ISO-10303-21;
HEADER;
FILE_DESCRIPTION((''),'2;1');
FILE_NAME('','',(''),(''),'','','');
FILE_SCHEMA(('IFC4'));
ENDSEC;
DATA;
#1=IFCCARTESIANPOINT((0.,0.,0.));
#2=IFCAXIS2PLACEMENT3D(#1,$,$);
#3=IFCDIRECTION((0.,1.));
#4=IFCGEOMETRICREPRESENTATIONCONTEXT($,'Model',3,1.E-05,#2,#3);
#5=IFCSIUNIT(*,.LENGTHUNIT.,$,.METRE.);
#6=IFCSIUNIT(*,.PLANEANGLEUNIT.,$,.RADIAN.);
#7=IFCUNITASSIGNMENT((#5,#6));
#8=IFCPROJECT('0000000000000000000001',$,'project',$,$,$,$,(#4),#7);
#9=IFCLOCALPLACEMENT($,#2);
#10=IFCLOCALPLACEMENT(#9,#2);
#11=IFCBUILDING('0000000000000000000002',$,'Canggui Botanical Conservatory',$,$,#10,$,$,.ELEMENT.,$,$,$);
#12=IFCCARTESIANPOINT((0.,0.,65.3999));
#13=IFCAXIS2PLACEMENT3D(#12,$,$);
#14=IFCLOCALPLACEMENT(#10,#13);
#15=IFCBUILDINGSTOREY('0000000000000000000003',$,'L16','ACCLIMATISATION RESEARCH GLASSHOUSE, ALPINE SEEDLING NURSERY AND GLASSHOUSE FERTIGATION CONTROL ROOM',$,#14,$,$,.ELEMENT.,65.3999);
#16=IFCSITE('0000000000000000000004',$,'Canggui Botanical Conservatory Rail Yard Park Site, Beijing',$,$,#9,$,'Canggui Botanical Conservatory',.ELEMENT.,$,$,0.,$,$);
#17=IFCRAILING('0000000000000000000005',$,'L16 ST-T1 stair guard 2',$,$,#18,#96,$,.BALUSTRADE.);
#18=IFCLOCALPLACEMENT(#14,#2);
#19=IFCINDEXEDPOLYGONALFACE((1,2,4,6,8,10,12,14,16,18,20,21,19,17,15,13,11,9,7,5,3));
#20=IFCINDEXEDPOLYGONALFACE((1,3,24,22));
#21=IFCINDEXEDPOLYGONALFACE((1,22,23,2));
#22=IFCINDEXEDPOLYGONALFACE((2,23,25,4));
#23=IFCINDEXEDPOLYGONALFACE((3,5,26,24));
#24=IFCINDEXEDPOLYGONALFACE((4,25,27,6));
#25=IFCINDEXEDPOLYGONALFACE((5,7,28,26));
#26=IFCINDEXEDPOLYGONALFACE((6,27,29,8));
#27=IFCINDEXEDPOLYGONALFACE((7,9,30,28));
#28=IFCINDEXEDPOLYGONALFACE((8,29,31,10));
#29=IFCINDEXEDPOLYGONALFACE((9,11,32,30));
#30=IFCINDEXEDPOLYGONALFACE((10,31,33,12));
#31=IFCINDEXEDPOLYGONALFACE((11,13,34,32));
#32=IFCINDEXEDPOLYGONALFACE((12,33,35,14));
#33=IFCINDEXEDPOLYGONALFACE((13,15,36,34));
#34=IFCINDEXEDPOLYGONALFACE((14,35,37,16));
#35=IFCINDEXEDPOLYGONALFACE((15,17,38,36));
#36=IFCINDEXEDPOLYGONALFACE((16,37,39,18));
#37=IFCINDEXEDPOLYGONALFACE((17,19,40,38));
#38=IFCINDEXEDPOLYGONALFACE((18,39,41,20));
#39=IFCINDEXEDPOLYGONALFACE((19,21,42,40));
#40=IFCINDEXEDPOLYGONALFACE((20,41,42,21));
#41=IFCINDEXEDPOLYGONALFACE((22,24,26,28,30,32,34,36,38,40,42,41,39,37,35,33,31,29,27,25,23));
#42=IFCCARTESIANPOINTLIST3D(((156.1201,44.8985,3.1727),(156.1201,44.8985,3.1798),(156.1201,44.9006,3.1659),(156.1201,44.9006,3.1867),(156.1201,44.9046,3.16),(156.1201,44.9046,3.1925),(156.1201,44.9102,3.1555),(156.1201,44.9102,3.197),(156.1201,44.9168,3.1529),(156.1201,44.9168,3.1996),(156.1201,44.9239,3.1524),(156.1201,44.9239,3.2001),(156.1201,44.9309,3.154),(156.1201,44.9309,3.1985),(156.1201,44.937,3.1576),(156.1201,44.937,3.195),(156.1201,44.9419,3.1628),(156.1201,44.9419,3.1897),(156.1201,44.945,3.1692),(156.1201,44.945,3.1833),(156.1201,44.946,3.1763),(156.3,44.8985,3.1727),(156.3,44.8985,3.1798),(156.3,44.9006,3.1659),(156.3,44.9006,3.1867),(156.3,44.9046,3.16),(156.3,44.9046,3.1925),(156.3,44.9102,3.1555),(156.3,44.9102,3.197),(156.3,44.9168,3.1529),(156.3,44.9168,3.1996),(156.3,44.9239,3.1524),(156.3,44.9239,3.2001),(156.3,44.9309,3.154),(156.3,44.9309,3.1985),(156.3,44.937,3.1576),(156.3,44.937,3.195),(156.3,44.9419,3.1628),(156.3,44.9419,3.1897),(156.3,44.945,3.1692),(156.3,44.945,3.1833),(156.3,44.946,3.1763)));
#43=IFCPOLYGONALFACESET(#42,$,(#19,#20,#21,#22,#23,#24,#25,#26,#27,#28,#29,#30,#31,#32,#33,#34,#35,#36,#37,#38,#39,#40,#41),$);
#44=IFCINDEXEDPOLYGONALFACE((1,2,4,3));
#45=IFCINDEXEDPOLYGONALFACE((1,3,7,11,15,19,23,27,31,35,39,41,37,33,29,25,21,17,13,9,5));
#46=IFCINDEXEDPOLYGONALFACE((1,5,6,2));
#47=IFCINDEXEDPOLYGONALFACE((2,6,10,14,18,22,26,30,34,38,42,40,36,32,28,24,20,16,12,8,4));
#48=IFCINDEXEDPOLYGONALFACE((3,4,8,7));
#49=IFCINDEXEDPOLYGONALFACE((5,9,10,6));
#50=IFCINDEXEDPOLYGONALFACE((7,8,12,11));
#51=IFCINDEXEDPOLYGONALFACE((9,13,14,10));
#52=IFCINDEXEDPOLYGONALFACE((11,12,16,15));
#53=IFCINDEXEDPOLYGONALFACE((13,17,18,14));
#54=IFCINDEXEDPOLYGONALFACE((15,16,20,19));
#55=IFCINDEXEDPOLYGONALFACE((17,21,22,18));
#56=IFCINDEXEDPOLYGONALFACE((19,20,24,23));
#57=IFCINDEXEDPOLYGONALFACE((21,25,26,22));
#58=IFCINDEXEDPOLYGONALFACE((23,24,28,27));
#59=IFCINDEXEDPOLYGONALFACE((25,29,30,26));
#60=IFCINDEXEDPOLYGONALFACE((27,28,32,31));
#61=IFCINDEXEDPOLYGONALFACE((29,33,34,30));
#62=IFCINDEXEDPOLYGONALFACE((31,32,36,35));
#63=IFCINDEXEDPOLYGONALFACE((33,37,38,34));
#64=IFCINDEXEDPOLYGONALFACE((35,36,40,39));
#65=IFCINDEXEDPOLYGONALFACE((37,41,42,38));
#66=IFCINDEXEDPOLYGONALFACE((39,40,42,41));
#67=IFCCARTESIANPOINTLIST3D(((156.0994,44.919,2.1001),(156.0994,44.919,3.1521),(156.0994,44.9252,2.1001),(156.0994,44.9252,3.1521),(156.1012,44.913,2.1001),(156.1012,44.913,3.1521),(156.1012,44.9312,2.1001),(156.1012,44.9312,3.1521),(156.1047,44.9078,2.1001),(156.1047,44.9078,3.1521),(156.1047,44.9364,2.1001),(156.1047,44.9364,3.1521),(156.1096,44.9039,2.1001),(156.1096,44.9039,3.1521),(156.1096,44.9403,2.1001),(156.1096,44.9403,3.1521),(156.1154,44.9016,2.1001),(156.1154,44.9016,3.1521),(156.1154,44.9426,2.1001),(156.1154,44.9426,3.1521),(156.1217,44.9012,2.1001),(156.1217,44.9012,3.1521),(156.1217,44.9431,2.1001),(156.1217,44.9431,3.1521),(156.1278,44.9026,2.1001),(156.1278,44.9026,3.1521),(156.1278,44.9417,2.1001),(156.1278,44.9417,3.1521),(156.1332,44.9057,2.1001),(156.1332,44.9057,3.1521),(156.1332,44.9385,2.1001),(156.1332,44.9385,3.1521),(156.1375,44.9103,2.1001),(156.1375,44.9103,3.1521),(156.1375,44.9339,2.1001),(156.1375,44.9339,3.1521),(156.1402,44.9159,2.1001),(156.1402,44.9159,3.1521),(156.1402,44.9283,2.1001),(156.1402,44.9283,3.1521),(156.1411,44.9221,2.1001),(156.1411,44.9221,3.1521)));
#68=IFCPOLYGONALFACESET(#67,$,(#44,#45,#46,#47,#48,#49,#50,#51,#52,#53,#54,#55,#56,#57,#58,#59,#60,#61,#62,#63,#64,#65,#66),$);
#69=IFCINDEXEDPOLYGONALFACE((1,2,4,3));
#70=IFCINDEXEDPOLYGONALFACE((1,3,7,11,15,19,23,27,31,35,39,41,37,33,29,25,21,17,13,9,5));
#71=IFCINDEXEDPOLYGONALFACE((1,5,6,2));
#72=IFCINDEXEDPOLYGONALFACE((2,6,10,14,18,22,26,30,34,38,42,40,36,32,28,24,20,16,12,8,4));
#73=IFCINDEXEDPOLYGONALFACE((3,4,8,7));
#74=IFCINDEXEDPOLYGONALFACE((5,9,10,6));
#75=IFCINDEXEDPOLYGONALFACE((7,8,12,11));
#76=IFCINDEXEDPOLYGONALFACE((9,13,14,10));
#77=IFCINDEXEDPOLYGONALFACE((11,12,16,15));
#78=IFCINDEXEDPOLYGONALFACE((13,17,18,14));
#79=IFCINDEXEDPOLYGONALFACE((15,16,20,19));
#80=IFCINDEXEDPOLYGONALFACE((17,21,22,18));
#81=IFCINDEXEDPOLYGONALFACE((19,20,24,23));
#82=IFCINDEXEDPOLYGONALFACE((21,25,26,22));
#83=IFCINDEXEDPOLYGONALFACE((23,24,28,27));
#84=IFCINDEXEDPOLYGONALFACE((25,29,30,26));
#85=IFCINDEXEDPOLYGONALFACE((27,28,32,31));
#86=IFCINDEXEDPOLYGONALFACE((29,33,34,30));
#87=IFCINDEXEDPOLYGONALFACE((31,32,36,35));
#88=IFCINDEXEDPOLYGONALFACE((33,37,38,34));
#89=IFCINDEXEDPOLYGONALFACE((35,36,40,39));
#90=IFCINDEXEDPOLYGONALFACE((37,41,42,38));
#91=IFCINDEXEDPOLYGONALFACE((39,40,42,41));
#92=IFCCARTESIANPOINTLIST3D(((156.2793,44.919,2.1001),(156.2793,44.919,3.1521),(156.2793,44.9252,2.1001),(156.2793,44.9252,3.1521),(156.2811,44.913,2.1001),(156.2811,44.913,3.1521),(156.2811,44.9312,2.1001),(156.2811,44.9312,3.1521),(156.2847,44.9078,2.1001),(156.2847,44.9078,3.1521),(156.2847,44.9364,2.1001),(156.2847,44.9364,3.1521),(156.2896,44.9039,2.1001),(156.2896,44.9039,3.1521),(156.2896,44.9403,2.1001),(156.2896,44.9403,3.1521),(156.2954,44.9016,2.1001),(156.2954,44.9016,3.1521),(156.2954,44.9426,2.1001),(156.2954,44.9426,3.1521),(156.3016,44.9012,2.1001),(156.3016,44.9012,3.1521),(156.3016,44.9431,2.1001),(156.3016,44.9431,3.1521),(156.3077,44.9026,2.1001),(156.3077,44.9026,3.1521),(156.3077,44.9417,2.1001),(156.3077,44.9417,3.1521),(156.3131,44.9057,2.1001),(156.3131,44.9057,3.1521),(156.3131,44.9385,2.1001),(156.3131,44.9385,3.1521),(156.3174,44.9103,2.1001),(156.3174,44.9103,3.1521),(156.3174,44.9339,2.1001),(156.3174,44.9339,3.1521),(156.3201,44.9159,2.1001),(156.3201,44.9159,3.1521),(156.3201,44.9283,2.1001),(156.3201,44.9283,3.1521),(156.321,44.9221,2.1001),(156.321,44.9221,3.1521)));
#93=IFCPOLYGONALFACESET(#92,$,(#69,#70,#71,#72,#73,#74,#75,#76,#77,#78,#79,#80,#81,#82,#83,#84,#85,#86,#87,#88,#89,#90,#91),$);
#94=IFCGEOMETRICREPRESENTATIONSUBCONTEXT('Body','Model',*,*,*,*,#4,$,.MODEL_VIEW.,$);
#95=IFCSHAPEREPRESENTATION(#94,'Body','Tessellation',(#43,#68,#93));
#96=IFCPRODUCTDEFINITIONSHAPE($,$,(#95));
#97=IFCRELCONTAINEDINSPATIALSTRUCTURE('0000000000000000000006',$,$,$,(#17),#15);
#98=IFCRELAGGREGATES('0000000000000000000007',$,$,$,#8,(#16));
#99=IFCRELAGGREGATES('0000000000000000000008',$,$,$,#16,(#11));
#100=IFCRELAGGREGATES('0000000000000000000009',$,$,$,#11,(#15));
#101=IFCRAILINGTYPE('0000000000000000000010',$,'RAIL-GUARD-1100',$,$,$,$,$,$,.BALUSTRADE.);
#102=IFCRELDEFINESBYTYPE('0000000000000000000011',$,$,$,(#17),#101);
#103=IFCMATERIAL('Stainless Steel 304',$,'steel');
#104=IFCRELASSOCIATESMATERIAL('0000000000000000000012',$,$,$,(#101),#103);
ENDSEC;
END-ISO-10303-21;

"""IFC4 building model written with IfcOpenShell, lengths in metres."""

from ifc_helpers import new_model, si_unit, direction, frame, origin, origin_2d, place, context, subcontext, project, spatial, circle, extrude, material, type_object, element, save


model = new_model("IFC4")

# Units and contexts
model_context = context("Model", 3, precision=1e-05, world=origin(), true_north=direction((0.0, 1.0)))
body_context = subcontext(model_context, "Body", "Model", "MODEL_VIEW")
ifc_project = project(units=[si_unit("LENGTHUNIT", "METRE"), si_unit("PLANEANGLEUNIT", "RADIAN")], contexts=[model_context])

# Site, building, storey
site_placement = place(None, origin())
site = spatial("IfcSite", under=ifc_project, at=site_placement, Name="Canggui Botanical Conservatory Rail Yard Park Site, Beijing", LongName="Canggui Botanical Conservatory", CompositionType="ELEMENT", RefElevation=0.0)
building_placement = place(site_placement, origin())
building = spatial("IfcBuilding", under=site, at=building_placement, Name="Canggui Botanical Conservatory", CompositionType="ELEMENT")
storey_placement = place(building_placement, frame((0.0, 0.0, 65.3999)))
storey = spatial("IfcBuildingStorey", under=building, at=storey_placement, Name="L16", Description="ACCLIMATISATION RESEARCH GLASSHOUSE, ALPINE SEEDLING NURSERY AND GLASSHOUSE FERTIGATION CONTROL ROOM", CompositionType="ELEMENT", Elevation=65.3999)

# Shared definitions
ifc_material_1 = material(Name="Stainless Steel 304", Category="steel")

# Railing
railing_type_1 = type_object("IfcRailingType", Name="RAIL-GUARD-1100", PredefinedType="BALUSTRADE", material=ifc_material_1)
railing_1_placement = place(storey_placement, frame((156.1201, 44.9221, 2.1001)))
element("IfcRailing", 1, at=railing_1_placement, inside=storey, type_object=railing_type_1, Name="L16 ST-T1 stair guard 2", PredefinedType="BALUSTRADE", context=body_context, shape_type="SweptSolid", body=[
    extrude(circle(Radius=0.0239, at=origin_2d()), frame((0.0, 0.0, 1.0762), z_axis=(1.0, 0.0, 0.0), x_axis=(0.0, 1.0, 0.0)), (0.0, 0.0, 1.0), 0.1799),
    extrude(circle(Radius=0.021, at=origin_2d()), origin(), (0.0, 0.0, 1.0), 1.052),
    extrude(circle(Radius=0.021, at=origin_2d()), frame((0.1799, 0.0, 0.0)), (0.0, 0.0, 1.0), 1.052),
])

save(model, "model.ifc")
